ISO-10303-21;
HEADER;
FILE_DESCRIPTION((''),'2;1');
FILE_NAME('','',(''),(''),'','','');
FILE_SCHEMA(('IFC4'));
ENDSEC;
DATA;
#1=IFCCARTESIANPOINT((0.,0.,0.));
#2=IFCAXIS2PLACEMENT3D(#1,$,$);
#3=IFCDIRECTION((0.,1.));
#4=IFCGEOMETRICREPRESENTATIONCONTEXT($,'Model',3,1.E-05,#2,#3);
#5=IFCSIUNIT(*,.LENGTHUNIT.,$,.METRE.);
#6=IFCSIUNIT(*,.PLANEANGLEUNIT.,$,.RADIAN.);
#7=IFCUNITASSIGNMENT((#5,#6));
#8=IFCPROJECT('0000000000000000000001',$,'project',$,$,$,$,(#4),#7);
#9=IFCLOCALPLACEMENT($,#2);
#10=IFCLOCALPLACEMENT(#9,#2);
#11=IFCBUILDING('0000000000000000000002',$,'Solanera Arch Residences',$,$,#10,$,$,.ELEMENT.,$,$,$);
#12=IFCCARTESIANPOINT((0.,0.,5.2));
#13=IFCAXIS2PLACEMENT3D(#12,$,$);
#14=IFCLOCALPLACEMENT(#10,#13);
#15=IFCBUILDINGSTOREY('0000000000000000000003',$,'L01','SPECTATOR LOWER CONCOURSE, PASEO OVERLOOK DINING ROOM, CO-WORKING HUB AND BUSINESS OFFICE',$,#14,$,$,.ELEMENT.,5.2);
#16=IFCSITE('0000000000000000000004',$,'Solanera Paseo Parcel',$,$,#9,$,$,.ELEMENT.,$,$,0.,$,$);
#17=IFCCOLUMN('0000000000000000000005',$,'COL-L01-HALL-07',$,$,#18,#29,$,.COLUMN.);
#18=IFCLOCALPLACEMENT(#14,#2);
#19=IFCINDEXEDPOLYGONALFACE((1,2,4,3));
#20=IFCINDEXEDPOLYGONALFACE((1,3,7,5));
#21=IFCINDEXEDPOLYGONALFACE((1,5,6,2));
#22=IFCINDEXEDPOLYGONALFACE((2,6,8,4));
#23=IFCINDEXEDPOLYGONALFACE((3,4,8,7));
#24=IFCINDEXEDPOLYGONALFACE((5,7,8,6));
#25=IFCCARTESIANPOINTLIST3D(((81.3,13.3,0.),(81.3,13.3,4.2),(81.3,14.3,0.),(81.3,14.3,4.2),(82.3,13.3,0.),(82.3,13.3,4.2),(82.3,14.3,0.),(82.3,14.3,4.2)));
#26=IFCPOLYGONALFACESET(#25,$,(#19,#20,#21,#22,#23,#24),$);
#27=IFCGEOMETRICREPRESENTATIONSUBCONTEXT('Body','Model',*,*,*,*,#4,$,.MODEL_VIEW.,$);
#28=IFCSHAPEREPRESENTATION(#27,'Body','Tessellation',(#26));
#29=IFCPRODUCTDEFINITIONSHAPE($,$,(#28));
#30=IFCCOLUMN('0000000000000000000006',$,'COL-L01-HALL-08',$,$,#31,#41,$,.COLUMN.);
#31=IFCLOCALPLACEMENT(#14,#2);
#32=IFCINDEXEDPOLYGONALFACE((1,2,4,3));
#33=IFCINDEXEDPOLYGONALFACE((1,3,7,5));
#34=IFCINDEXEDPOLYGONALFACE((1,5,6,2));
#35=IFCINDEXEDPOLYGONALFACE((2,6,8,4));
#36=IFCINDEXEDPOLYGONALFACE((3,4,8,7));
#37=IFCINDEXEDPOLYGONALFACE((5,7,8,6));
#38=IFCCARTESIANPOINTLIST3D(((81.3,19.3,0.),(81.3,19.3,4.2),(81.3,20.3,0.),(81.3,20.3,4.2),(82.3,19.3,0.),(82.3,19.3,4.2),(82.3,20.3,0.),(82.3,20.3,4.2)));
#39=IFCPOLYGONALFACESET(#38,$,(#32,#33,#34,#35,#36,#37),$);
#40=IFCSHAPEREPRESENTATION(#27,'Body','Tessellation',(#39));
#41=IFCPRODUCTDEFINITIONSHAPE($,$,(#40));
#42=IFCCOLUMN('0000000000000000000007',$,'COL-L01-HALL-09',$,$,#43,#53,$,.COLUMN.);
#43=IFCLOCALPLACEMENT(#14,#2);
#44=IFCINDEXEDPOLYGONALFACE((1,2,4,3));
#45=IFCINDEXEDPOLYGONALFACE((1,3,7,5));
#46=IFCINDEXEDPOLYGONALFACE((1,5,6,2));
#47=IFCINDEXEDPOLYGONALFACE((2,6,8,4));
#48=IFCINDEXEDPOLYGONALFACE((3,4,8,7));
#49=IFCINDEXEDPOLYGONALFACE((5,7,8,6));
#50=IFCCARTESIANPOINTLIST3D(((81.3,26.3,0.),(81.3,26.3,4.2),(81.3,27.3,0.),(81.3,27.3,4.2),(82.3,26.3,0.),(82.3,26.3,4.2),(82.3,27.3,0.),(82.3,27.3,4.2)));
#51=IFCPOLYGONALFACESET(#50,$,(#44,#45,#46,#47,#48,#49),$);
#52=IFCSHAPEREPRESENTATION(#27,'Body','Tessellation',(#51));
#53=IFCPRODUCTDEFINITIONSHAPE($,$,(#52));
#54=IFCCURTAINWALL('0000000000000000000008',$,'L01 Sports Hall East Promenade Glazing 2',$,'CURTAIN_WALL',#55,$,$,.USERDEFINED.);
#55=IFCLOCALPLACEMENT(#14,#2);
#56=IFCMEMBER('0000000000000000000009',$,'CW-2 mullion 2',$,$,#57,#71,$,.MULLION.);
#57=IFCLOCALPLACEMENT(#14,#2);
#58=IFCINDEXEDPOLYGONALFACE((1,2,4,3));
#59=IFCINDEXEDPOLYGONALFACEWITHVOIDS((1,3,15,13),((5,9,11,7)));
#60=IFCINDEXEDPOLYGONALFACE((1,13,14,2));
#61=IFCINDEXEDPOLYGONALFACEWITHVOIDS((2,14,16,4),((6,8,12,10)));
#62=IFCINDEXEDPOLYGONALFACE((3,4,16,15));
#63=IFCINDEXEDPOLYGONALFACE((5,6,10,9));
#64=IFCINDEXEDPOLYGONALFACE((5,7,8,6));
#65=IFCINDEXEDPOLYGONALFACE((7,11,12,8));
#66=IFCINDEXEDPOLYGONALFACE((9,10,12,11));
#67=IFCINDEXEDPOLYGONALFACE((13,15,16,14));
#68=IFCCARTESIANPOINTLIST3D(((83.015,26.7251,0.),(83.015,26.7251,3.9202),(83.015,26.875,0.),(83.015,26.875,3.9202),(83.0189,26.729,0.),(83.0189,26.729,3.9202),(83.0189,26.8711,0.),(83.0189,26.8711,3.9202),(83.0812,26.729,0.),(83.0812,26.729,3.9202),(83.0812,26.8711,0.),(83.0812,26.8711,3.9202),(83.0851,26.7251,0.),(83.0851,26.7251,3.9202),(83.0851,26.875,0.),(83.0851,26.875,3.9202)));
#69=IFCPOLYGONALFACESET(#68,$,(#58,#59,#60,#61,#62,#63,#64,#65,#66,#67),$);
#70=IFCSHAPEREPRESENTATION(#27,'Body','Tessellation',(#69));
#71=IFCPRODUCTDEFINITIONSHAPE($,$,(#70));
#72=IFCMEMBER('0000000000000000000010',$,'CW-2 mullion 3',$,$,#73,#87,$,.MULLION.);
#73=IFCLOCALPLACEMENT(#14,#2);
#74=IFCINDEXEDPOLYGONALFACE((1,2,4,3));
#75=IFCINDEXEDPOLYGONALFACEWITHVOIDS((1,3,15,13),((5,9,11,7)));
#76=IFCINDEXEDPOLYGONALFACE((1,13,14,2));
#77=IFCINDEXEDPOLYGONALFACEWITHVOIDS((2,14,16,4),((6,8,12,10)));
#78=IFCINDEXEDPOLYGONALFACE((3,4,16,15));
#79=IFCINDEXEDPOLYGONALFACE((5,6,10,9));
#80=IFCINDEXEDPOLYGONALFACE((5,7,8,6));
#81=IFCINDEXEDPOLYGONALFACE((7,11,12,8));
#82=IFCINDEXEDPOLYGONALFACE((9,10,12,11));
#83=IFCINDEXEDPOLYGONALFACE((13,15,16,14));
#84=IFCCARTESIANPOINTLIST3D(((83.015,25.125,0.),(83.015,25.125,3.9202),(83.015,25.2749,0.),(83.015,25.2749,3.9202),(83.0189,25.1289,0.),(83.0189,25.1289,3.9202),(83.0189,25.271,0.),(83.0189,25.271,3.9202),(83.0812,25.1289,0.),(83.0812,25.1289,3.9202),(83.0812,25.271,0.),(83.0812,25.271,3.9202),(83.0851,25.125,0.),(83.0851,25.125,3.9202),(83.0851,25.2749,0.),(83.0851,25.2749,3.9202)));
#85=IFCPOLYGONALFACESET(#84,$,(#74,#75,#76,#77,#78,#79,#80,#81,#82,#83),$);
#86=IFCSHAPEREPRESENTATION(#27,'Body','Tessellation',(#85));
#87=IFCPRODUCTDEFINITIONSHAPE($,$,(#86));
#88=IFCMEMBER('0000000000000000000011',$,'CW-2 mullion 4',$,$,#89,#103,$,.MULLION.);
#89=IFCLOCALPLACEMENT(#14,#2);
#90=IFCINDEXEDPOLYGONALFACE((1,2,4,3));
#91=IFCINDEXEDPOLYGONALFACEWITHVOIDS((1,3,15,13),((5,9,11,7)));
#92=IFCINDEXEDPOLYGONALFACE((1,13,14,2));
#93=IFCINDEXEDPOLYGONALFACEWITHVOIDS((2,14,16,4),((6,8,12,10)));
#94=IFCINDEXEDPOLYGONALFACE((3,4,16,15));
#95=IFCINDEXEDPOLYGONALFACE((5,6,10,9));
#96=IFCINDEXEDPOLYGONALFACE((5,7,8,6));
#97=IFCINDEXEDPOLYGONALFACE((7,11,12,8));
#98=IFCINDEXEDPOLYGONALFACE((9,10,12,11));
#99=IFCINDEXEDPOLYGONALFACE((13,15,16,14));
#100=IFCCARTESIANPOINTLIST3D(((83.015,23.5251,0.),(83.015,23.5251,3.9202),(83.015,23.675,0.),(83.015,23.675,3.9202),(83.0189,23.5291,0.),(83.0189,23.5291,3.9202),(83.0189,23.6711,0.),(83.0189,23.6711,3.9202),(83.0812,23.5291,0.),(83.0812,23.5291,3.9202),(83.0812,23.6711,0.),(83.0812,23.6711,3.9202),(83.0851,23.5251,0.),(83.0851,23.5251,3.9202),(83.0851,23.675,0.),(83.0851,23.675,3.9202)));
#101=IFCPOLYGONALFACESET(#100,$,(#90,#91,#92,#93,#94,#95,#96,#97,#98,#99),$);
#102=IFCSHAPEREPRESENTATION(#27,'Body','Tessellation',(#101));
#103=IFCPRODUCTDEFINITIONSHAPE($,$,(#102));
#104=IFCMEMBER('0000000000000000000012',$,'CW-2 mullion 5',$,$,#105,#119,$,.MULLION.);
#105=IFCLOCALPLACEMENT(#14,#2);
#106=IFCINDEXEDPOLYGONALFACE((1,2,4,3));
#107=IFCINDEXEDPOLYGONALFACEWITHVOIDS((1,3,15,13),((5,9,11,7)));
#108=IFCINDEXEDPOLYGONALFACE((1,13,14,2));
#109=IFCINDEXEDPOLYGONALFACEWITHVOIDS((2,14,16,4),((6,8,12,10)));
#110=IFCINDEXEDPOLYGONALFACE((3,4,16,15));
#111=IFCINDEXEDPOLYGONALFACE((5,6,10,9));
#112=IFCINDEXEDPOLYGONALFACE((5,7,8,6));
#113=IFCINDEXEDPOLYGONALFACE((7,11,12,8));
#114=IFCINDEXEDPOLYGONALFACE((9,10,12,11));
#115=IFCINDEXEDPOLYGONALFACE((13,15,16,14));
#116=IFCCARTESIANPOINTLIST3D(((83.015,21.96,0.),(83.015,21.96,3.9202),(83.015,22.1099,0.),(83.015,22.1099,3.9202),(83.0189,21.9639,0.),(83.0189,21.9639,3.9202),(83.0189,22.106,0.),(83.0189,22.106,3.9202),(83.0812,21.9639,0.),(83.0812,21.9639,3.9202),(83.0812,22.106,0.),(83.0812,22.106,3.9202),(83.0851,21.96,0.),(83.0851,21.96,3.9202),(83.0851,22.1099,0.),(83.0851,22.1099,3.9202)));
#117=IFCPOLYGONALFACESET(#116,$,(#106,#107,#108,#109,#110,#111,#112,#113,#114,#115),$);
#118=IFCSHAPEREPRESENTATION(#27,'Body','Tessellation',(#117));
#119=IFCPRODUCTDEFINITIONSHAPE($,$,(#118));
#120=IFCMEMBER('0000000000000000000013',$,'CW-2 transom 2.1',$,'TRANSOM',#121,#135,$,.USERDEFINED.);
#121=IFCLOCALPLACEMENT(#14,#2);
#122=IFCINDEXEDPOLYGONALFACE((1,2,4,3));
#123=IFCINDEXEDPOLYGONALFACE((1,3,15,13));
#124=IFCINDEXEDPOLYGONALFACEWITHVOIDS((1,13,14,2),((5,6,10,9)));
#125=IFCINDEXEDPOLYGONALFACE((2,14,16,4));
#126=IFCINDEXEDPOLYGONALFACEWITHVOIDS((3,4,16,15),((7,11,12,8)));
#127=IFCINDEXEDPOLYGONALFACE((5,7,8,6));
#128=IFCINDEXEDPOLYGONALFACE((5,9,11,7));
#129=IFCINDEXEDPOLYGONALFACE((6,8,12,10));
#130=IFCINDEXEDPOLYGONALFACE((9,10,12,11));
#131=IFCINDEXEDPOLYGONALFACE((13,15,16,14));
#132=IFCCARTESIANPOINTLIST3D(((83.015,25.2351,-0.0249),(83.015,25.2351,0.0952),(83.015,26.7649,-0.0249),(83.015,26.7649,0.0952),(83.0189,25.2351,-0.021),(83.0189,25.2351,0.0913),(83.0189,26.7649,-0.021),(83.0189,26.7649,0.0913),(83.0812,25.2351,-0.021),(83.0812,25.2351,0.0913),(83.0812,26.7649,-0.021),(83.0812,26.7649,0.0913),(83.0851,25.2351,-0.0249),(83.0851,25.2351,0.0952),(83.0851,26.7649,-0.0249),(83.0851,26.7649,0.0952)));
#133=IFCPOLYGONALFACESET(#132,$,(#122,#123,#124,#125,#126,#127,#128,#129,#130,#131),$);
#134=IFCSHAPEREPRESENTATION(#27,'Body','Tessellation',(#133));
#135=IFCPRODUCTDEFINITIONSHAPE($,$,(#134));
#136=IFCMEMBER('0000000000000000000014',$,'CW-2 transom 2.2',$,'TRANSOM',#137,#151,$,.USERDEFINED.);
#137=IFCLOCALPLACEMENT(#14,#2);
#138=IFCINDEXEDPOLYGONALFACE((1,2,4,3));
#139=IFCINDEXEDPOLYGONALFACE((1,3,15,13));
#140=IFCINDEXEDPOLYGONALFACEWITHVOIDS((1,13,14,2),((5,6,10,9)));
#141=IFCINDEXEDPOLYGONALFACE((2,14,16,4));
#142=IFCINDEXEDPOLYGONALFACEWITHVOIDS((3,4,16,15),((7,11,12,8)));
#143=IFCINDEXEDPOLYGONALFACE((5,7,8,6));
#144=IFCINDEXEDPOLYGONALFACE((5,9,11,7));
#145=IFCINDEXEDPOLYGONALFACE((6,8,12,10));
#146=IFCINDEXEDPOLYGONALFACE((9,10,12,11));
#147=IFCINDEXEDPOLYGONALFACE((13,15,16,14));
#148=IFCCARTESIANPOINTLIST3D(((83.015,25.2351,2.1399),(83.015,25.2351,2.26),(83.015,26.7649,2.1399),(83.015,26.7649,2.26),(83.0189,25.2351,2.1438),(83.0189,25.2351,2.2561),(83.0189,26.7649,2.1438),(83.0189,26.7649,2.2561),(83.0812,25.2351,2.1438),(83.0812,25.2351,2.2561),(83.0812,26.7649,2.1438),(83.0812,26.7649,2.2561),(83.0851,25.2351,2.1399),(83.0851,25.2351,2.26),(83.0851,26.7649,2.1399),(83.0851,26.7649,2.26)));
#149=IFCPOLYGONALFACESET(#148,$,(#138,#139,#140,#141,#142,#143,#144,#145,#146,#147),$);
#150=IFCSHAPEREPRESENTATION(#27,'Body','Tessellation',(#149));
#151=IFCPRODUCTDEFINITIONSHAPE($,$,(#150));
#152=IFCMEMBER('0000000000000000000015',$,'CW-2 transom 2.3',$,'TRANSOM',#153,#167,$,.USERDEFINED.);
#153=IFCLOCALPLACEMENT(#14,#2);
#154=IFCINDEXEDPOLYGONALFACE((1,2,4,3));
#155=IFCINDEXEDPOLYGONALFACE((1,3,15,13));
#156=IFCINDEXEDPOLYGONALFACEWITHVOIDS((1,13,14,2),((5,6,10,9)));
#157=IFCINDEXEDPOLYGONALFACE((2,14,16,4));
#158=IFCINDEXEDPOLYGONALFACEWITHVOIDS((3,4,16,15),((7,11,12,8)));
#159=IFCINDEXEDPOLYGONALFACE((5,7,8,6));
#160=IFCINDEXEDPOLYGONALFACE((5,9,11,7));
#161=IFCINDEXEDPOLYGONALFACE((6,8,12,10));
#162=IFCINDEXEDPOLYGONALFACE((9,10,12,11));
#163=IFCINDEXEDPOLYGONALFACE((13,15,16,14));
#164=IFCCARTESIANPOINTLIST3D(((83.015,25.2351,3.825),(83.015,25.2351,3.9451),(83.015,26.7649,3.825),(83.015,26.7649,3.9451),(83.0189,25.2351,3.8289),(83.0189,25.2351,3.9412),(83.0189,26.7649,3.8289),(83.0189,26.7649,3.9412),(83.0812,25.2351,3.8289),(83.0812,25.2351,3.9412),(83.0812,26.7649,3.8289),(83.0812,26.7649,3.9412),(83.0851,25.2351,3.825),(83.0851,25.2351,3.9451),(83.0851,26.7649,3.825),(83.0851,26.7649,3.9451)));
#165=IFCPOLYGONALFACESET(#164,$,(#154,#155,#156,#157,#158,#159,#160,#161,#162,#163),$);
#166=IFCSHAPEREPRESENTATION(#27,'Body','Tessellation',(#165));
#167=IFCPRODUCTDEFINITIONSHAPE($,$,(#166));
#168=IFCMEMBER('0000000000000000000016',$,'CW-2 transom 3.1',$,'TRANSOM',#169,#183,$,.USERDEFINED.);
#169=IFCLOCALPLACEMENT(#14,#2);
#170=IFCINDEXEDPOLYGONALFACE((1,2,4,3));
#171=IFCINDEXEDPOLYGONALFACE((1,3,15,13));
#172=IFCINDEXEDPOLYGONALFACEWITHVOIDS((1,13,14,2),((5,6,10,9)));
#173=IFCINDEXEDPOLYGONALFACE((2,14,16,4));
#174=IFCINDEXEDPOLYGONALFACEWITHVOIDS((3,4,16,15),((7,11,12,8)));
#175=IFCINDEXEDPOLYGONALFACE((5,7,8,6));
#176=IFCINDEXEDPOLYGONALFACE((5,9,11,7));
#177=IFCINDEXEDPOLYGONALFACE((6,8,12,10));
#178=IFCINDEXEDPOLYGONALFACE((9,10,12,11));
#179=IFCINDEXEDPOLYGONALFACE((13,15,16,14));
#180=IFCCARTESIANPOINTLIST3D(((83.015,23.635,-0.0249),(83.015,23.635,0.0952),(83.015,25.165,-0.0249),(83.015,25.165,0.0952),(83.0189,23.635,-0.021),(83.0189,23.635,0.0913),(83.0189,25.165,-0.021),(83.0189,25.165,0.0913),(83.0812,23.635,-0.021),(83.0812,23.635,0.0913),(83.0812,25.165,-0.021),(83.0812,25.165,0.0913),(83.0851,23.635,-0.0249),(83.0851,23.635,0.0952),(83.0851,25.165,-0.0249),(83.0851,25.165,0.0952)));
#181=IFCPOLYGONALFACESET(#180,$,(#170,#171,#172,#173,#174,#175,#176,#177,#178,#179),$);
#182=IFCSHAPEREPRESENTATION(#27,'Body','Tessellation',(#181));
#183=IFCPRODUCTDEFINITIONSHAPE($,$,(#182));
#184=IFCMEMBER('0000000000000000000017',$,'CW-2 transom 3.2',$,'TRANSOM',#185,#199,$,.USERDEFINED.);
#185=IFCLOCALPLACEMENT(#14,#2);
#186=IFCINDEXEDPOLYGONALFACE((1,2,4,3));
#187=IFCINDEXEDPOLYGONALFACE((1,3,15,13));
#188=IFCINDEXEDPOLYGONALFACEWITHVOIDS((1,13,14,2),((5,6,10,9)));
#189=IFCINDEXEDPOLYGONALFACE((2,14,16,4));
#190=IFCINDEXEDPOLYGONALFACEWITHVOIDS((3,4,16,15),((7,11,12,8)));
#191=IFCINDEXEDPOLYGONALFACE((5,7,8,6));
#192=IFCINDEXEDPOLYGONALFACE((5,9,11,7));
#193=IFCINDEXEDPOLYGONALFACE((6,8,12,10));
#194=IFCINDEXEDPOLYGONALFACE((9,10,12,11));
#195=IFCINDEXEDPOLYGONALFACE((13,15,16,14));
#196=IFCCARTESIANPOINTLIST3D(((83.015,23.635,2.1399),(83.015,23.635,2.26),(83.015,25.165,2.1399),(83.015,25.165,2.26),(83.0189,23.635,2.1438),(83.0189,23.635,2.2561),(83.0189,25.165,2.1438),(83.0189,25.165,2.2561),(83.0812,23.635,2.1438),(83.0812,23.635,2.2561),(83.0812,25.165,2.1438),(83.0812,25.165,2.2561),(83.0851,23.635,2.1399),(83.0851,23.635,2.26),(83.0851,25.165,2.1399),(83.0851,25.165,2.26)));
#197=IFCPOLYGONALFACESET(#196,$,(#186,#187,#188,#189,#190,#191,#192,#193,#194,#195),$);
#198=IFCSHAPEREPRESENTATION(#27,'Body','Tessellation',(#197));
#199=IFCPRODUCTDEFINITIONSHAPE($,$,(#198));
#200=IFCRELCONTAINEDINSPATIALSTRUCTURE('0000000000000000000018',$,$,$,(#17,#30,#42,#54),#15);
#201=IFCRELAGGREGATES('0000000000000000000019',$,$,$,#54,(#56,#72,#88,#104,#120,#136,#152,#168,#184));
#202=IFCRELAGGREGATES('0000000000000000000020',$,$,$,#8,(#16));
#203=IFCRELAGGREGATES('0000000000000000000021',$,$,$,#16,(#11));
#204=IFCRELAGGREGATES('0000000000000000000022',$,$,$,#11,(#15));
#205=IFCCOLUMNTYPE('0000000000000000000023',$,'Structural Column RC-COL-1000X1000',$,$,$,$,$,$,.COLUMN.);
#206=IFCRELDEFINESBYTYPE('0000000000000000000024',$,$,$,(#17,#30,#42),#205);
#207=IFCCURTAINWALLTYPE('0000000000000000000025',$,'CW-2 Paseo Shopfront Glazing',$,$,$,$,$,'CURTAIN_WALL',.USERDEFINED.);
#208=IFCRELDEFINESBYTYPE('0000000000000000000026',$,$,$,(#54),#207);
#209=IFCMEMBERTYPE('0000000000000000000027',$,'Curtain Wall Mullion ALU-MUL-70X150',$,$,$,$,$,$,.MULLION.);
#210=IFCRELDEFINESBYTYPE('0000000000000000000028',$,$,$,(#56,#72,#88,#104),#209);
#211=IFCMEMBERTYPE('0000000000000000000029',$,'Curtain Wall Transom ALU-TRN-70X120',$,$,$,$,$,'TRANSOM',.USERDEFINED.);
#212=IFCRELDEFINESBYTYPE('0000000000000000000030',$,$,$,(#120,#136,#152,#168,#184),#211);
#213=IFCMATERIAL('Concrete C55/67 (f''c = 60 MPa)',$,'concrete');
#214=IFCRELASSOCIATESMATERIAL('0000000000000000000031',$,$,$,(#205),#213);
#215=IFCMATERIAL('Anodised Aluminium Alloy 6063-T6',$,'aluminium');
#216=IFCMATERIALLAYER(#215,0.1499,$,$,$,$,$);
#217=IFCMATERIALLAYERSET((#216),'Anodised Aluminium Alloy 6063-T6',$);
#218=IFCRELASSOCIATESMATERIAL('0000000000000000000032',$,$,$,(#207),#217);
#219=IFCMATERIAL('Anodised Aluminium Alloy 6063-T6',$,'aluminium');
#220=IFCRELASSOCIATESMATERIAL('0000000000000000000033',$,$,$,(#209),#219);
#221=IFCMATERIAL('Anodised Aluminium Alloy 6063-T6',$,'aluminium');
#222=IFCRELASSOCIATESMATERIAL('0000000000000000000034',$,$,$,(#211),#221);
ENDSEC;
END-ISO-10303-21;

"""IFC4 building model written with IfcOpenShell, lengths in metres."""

from ifc_helpers import new_model, si_unit, direction, frame, origin, origin_2d, place, context, subcontext, project, spatial, rectangle, hollow_rectangle, extrude, material, layer, layer_set, material_profile, profile_set, type_object, element, aggregate, save


model = new_model("IFC4")

# Units and contexts
model_context = context("Model", 3, precision=1e-05, world=origin(), true_north=direction((0.0, 1.0)))
body_context = subcontext(model_context, "Body", "Model", "MODEL_VIEW")
ifc_project = project(units=[si_unit("LENGTHUNIT", "METRE"), si_unit("PLANEANGLEUNIT", "RADIAN")], contexts=[model_context])

# Site, building, storey
site_placement = place(None, origin())
site = spatial("IfcSite", under=ifc_project, at=site_placement, Name="Solanera Paseo Parcel", CompositionType="ELEMENT", RefElevation=0.0)
building_placement = place(site_placement, origin())
building = spatial("IfcBuilding", under=site, at=building_placement, Name="Solanera Arch Residences", CompositionType="ELEMENT")
storey_placement = place(building_placement, frame((0.0, 0.0, 5.2)))
storey = spatial("IfcBuildingStorey", under=building, at=storey_placement, Name="L01", Description="SPECTATOR LOWER CONCOURSE, PASEO OVERLOOK DINING ROOM, CO-WORKING HUB AND BUSINESS OFFICE", CompositionType="ELEMENT", Elevation=5.2)

# Columns
ifc_material_1 = material(Name="Concrete C55/67 (f'c = 60 MPa)", Category="concrete")
ifc_material_profile_1 = material_profile(ifc_material_1, rectangle(XDim=1.0, YDim=1.0, at=origin_2d()))
ifc_profile_set_1 = profile_set([ifc_material_profile_1], Name="Concrete C55/67 (f'c = 60 MPa)")
column_type = type_object("IfcColumnType", Name="Structural Column RC-COL-1000X1000", PredefinedType="COLUMN", material=ifc_profile_set_1)
for number, where, z_axis, x_axis, name in (
    (1, (81.8, 13.8, 0.0), (0.0, 0.0, 1.0), (1.0, 0.0, 0.0), "COL-L01-HALL-07"),
    (2, (81.8, 19.8, 0.0), (0.0, 0.0, 1.0), (1.0, 0.0, 0.0), "COL-L01-HALL-08"),
    (3, (81.8, 26.8, 0.0), (0.0, 0.0, 1.0), (1.0, 0.0, 0.0), "COL-L01-HALL-09"),
):
    element("IfcColumn", number, at=place(storey_placement, frame(where, z_axis=z_axis, x_axis=x_axis)), inside=storey, type_object=column_type, Name=name, PredefinedType="COLUMN", context=body_context, shape_type="SweptSolid", body=[
        extrude(rectangle(XDim=1.0, YDim=1.0, at=origin_2d()), origin(), (0.0, 0.0, 1.0), 4.2),
    ])

# Curtain wall, members
ifc_material_2 = material(Name="Anodised Aluminium Alloy 6063-T6", Category="aluminium")
ifc_layer_1 = layer(ifc_material_2, 0.1499)
ifc_layer_set_1 = layer_set([ifc_layer_1], Name="Anodised Aluminium Alloy 6063-T6")
curtain_wall_type = type_object("IfcCurtainWallType", Name="CW-2 Paseo Shopfront Glazing", ElementType="CURTAIN_WALL", PredefinedType="USERDEFINED", material=ifc_layer_set_1)
curtain_wall_placement = place(storey_placement, origin())
curtain_wall = element("IfcCurtainWall", 4, at=curtain_wall_placement, inside=storey, type_object=curtain_wall_type, Name="L01 Sports Hall East Promenade Glazing 2", ObjectType="CURTAIN_WALL", PredefinedType="USERDEFINED")
ifc_material_3 = material(Name="Anodised Aluminium Alloy 6063-T6", Category="aluminium")
ifc_material_profile_2 = material_profile(ifc_material_3, hollow_rectangle(XDim=0.0701, YDim=0.1499, WallThickness=0.0039, at=origin_2d()))
ifc_profile_set_2 = profile_set([ifc_material_profile_2], Name="Anodised Aluminium Alloy 6063-T6")
member_type_1 = type_object("IfcMemberType", Name="Curtain Wall Mullion ALU-MUL-70X150", PredefinedType="MULLION", material=ifc_profile_set_2)
member_1_placement = place(storey_placement, frame((83.05, 26.8, 0.0), z_axis=(0.0, 0.0, 1.0), x_axis=(1.0, 0.0, 0.0)))
member_1 = element("IfcMember", 5, at=member_1_placement, type_object=member_type_1, Name="CW-2 mullion 2", PredefinedType="MULLION", context=body_context, shape_type="SweptSolid", body=[
    extrude(hollow_rectangle(XDim=0.0701, YDim=0.1499, WallThickness=0.0039, at=origin_2d()), origin(), (0.0, 0.0, 1.0), 3.9202),
])
member_2_placement = place(storey_placement, frame((83.05, 25.2, 0.0), z_axis=(0.0, 0.0, 1.0), x_axis=(1.0, 0.0, 0.0)))
member_2 = element("IfcMember", 6, at=member_2_placement, type_object=member_type_1, Name="CW-2 mullion 3", PredefinedType="MULLION", context=body_context, shape_type="SweptSolid", body=[
    extrude(hollow_rectangle(XDim=0.0701, YDim=0.1499, WallThickness=0.0039, at=origin_2d()), origin(), (0.0, 0.0, 1.0), 3.9202),
])
member_3_placement = place(storey_placement, frame((83.05, 23.6001, 0.0), z_axis=(0.0, 0.0, 1.0), x_axis=(1.0, 0.0, 0.0)))
member_3 = element("IfcMember", 7, at=member_3_placement, type_object=member_type_1, Name="CW-2 mullion 4", PredefinedType="MULLION", context=body_context, shape_type="SweptSolid", body=[
    extrude(hollow_rectangle(XDim=0.0701, YDim=0.1499, WallThickness=0.0039, at=origin_2d()), origin(), (0.0, 0.0, 1.0), 3.9202),
])
member_4_placement = place(storey_placement, frame((83.05, 22.0349, 0.0), z_axis=(0.0, 0.0, 1.0), x_axis=(1.0, 0.0, 0.0)))
member_4 = element("IfcMember", 8, at=member_4_placement, type_object=member_type_1, Name="CW-2 mullion 5", PredefinedType="MULLION", context=body_context, shape_type="SweptSolid", body=[
    extrude(hollow_rectangle(XDim=0.0701, YDim=0.1499, WallThickness=0.0039, at=origin_2d()), origin(), (0.0, 0.0, 1.0), 3.9202),
])
ifc_material_4 = material(Name="Anodised Aluminium Alloy 6063-T6", Category="aluminium")
ifc_material_profile_3 = material_profile(ifc_material_4, hollow_rectangle(XDim=0.0701, YDim=0.1201, WallThickness=0.0039, at=origin_2d()))
ifc_profile_set_3 = profile_set([ifc_material_profile_3], Name="Anodised Aluminium Alloy 6063-T6")
member_type_2 = type_object("IfcMemberType", Name="Curtain Wall Transom ALU-TRN-70X120", ElementType="TRANSOM", PredefinedType="USERDEFINED", material=ifc_profile_set_3)
member_5_placement = place(storey_placement, frame((83.05, 26.7649, 0.0352), z_axis=(0.0, -1.0, 0.0), x_axis=(1.0, 0.0, 0.0)))
member_5 = element("IfcMember", 9, at=member_5_placement, type_object=member_type_2, Name="CW-2 transom 2.1", ObjectType="TRANSOM", PredefinedType="USERDEFINED", context=body_context, shape_type="SweptSolid", body=[
    extrude(hollow_rectangle(XDim=0.0701, YDim=0.1201, WallThickness=0.0039, at=origin_2d()), origin(), (0.0, 0.0, 1.0), 1.5298),
])
member_6_placement = place(storey_placement, frame((83.05, 26.7649, 2.2), z_axis=(0.0, -1.0, 0.0), x_axis=(1.0, 0.0, 0.0)))
member_6 = element("IfcMember", 10, at=member_6_placement, type_object=member_type_2, Name="CW-2 transom 2.2", ObjectType="TRANSOM", PredefinedType="USERDEFINED", context=body_context, shape_type="SweptSolid", body=[
    extrude(hollow_rectangle(XDim=0.0701, YDim=0.1201, WallThickness=0.0039, at=origin_2d()), origin(), (0.0, 0.0, 1.0), 1.5298),
])
member_7_placement = place(storey_placement, frame((83.05, 26.7649, 3.885), z_axis=(0.0, -1.0, 0.0), x_axis=(1.0, 0.0, 0.0)))
member_7 = element("IfcMember", 11, at=member_7_placement, type_object=member_type_2, Name="CW-2 transom 2.3", ObjectType="TRANSOM", PredefinedType="USERDEFINED", context=body_context, shape_type="SweptSolid", body=[
    extrude(hollow_rectangle(XDim=0.0701, YDim=0.1201, WallThickness=0.0039, at=origin_2d()), origin(), (0.0, 0.0, 1.0), 1.5298),
])
member_8_placement = place(storey_placement, frame((83.05, 25.165, 0.0352), z_axis=(0.0, -1.0, 0.0), x_axis=(1.0, 0.0, 0.0)))
member_8 = element("IfcMember", 12, at=member_8_placement, type_object=member_type_2, Name="CW-2 transom 3.1", ObjectType="TRANSOM", PredefinedType="USERDEFINED", context=body_context, shape_type="SweptSolid", body=[
    extrude(hollow_rectangle(XDim=0.0701, YDim=0.1201, WallThickness=0.0039, at=origin_2d()), origin(), (0.0, 0.0, 1.0), 1.53),
])
member_9_placement = place(storey_placement, frame((83.05, 25.165, 2.2), z_axis=(0.0, -1.0, 0.0), x_axis=(1.0, 0.0, 0.0)))
member_9 = element("IfcMember", 13, at=member_9_placement, type_object=member_type_2, Name="CW-2 transom 3.2", ObjectType="TRANSOM", PredefinedType="USERDEFINED", context=body_context, shape_type="SweptSolid", body=[
    extrude(hollow_rectangle(XDim=0.0701, YDim=0.1201, WallThickness=0.0039, at=origin_2d()), origin(), (0.0, 0.0, 1.0), 1.53),
])

aggregate(curtain_wall, [member_1, member_2, member_3, member_4, member_5, member_6, member_7, member_8, member_9])

save(model, "model.ifc")
